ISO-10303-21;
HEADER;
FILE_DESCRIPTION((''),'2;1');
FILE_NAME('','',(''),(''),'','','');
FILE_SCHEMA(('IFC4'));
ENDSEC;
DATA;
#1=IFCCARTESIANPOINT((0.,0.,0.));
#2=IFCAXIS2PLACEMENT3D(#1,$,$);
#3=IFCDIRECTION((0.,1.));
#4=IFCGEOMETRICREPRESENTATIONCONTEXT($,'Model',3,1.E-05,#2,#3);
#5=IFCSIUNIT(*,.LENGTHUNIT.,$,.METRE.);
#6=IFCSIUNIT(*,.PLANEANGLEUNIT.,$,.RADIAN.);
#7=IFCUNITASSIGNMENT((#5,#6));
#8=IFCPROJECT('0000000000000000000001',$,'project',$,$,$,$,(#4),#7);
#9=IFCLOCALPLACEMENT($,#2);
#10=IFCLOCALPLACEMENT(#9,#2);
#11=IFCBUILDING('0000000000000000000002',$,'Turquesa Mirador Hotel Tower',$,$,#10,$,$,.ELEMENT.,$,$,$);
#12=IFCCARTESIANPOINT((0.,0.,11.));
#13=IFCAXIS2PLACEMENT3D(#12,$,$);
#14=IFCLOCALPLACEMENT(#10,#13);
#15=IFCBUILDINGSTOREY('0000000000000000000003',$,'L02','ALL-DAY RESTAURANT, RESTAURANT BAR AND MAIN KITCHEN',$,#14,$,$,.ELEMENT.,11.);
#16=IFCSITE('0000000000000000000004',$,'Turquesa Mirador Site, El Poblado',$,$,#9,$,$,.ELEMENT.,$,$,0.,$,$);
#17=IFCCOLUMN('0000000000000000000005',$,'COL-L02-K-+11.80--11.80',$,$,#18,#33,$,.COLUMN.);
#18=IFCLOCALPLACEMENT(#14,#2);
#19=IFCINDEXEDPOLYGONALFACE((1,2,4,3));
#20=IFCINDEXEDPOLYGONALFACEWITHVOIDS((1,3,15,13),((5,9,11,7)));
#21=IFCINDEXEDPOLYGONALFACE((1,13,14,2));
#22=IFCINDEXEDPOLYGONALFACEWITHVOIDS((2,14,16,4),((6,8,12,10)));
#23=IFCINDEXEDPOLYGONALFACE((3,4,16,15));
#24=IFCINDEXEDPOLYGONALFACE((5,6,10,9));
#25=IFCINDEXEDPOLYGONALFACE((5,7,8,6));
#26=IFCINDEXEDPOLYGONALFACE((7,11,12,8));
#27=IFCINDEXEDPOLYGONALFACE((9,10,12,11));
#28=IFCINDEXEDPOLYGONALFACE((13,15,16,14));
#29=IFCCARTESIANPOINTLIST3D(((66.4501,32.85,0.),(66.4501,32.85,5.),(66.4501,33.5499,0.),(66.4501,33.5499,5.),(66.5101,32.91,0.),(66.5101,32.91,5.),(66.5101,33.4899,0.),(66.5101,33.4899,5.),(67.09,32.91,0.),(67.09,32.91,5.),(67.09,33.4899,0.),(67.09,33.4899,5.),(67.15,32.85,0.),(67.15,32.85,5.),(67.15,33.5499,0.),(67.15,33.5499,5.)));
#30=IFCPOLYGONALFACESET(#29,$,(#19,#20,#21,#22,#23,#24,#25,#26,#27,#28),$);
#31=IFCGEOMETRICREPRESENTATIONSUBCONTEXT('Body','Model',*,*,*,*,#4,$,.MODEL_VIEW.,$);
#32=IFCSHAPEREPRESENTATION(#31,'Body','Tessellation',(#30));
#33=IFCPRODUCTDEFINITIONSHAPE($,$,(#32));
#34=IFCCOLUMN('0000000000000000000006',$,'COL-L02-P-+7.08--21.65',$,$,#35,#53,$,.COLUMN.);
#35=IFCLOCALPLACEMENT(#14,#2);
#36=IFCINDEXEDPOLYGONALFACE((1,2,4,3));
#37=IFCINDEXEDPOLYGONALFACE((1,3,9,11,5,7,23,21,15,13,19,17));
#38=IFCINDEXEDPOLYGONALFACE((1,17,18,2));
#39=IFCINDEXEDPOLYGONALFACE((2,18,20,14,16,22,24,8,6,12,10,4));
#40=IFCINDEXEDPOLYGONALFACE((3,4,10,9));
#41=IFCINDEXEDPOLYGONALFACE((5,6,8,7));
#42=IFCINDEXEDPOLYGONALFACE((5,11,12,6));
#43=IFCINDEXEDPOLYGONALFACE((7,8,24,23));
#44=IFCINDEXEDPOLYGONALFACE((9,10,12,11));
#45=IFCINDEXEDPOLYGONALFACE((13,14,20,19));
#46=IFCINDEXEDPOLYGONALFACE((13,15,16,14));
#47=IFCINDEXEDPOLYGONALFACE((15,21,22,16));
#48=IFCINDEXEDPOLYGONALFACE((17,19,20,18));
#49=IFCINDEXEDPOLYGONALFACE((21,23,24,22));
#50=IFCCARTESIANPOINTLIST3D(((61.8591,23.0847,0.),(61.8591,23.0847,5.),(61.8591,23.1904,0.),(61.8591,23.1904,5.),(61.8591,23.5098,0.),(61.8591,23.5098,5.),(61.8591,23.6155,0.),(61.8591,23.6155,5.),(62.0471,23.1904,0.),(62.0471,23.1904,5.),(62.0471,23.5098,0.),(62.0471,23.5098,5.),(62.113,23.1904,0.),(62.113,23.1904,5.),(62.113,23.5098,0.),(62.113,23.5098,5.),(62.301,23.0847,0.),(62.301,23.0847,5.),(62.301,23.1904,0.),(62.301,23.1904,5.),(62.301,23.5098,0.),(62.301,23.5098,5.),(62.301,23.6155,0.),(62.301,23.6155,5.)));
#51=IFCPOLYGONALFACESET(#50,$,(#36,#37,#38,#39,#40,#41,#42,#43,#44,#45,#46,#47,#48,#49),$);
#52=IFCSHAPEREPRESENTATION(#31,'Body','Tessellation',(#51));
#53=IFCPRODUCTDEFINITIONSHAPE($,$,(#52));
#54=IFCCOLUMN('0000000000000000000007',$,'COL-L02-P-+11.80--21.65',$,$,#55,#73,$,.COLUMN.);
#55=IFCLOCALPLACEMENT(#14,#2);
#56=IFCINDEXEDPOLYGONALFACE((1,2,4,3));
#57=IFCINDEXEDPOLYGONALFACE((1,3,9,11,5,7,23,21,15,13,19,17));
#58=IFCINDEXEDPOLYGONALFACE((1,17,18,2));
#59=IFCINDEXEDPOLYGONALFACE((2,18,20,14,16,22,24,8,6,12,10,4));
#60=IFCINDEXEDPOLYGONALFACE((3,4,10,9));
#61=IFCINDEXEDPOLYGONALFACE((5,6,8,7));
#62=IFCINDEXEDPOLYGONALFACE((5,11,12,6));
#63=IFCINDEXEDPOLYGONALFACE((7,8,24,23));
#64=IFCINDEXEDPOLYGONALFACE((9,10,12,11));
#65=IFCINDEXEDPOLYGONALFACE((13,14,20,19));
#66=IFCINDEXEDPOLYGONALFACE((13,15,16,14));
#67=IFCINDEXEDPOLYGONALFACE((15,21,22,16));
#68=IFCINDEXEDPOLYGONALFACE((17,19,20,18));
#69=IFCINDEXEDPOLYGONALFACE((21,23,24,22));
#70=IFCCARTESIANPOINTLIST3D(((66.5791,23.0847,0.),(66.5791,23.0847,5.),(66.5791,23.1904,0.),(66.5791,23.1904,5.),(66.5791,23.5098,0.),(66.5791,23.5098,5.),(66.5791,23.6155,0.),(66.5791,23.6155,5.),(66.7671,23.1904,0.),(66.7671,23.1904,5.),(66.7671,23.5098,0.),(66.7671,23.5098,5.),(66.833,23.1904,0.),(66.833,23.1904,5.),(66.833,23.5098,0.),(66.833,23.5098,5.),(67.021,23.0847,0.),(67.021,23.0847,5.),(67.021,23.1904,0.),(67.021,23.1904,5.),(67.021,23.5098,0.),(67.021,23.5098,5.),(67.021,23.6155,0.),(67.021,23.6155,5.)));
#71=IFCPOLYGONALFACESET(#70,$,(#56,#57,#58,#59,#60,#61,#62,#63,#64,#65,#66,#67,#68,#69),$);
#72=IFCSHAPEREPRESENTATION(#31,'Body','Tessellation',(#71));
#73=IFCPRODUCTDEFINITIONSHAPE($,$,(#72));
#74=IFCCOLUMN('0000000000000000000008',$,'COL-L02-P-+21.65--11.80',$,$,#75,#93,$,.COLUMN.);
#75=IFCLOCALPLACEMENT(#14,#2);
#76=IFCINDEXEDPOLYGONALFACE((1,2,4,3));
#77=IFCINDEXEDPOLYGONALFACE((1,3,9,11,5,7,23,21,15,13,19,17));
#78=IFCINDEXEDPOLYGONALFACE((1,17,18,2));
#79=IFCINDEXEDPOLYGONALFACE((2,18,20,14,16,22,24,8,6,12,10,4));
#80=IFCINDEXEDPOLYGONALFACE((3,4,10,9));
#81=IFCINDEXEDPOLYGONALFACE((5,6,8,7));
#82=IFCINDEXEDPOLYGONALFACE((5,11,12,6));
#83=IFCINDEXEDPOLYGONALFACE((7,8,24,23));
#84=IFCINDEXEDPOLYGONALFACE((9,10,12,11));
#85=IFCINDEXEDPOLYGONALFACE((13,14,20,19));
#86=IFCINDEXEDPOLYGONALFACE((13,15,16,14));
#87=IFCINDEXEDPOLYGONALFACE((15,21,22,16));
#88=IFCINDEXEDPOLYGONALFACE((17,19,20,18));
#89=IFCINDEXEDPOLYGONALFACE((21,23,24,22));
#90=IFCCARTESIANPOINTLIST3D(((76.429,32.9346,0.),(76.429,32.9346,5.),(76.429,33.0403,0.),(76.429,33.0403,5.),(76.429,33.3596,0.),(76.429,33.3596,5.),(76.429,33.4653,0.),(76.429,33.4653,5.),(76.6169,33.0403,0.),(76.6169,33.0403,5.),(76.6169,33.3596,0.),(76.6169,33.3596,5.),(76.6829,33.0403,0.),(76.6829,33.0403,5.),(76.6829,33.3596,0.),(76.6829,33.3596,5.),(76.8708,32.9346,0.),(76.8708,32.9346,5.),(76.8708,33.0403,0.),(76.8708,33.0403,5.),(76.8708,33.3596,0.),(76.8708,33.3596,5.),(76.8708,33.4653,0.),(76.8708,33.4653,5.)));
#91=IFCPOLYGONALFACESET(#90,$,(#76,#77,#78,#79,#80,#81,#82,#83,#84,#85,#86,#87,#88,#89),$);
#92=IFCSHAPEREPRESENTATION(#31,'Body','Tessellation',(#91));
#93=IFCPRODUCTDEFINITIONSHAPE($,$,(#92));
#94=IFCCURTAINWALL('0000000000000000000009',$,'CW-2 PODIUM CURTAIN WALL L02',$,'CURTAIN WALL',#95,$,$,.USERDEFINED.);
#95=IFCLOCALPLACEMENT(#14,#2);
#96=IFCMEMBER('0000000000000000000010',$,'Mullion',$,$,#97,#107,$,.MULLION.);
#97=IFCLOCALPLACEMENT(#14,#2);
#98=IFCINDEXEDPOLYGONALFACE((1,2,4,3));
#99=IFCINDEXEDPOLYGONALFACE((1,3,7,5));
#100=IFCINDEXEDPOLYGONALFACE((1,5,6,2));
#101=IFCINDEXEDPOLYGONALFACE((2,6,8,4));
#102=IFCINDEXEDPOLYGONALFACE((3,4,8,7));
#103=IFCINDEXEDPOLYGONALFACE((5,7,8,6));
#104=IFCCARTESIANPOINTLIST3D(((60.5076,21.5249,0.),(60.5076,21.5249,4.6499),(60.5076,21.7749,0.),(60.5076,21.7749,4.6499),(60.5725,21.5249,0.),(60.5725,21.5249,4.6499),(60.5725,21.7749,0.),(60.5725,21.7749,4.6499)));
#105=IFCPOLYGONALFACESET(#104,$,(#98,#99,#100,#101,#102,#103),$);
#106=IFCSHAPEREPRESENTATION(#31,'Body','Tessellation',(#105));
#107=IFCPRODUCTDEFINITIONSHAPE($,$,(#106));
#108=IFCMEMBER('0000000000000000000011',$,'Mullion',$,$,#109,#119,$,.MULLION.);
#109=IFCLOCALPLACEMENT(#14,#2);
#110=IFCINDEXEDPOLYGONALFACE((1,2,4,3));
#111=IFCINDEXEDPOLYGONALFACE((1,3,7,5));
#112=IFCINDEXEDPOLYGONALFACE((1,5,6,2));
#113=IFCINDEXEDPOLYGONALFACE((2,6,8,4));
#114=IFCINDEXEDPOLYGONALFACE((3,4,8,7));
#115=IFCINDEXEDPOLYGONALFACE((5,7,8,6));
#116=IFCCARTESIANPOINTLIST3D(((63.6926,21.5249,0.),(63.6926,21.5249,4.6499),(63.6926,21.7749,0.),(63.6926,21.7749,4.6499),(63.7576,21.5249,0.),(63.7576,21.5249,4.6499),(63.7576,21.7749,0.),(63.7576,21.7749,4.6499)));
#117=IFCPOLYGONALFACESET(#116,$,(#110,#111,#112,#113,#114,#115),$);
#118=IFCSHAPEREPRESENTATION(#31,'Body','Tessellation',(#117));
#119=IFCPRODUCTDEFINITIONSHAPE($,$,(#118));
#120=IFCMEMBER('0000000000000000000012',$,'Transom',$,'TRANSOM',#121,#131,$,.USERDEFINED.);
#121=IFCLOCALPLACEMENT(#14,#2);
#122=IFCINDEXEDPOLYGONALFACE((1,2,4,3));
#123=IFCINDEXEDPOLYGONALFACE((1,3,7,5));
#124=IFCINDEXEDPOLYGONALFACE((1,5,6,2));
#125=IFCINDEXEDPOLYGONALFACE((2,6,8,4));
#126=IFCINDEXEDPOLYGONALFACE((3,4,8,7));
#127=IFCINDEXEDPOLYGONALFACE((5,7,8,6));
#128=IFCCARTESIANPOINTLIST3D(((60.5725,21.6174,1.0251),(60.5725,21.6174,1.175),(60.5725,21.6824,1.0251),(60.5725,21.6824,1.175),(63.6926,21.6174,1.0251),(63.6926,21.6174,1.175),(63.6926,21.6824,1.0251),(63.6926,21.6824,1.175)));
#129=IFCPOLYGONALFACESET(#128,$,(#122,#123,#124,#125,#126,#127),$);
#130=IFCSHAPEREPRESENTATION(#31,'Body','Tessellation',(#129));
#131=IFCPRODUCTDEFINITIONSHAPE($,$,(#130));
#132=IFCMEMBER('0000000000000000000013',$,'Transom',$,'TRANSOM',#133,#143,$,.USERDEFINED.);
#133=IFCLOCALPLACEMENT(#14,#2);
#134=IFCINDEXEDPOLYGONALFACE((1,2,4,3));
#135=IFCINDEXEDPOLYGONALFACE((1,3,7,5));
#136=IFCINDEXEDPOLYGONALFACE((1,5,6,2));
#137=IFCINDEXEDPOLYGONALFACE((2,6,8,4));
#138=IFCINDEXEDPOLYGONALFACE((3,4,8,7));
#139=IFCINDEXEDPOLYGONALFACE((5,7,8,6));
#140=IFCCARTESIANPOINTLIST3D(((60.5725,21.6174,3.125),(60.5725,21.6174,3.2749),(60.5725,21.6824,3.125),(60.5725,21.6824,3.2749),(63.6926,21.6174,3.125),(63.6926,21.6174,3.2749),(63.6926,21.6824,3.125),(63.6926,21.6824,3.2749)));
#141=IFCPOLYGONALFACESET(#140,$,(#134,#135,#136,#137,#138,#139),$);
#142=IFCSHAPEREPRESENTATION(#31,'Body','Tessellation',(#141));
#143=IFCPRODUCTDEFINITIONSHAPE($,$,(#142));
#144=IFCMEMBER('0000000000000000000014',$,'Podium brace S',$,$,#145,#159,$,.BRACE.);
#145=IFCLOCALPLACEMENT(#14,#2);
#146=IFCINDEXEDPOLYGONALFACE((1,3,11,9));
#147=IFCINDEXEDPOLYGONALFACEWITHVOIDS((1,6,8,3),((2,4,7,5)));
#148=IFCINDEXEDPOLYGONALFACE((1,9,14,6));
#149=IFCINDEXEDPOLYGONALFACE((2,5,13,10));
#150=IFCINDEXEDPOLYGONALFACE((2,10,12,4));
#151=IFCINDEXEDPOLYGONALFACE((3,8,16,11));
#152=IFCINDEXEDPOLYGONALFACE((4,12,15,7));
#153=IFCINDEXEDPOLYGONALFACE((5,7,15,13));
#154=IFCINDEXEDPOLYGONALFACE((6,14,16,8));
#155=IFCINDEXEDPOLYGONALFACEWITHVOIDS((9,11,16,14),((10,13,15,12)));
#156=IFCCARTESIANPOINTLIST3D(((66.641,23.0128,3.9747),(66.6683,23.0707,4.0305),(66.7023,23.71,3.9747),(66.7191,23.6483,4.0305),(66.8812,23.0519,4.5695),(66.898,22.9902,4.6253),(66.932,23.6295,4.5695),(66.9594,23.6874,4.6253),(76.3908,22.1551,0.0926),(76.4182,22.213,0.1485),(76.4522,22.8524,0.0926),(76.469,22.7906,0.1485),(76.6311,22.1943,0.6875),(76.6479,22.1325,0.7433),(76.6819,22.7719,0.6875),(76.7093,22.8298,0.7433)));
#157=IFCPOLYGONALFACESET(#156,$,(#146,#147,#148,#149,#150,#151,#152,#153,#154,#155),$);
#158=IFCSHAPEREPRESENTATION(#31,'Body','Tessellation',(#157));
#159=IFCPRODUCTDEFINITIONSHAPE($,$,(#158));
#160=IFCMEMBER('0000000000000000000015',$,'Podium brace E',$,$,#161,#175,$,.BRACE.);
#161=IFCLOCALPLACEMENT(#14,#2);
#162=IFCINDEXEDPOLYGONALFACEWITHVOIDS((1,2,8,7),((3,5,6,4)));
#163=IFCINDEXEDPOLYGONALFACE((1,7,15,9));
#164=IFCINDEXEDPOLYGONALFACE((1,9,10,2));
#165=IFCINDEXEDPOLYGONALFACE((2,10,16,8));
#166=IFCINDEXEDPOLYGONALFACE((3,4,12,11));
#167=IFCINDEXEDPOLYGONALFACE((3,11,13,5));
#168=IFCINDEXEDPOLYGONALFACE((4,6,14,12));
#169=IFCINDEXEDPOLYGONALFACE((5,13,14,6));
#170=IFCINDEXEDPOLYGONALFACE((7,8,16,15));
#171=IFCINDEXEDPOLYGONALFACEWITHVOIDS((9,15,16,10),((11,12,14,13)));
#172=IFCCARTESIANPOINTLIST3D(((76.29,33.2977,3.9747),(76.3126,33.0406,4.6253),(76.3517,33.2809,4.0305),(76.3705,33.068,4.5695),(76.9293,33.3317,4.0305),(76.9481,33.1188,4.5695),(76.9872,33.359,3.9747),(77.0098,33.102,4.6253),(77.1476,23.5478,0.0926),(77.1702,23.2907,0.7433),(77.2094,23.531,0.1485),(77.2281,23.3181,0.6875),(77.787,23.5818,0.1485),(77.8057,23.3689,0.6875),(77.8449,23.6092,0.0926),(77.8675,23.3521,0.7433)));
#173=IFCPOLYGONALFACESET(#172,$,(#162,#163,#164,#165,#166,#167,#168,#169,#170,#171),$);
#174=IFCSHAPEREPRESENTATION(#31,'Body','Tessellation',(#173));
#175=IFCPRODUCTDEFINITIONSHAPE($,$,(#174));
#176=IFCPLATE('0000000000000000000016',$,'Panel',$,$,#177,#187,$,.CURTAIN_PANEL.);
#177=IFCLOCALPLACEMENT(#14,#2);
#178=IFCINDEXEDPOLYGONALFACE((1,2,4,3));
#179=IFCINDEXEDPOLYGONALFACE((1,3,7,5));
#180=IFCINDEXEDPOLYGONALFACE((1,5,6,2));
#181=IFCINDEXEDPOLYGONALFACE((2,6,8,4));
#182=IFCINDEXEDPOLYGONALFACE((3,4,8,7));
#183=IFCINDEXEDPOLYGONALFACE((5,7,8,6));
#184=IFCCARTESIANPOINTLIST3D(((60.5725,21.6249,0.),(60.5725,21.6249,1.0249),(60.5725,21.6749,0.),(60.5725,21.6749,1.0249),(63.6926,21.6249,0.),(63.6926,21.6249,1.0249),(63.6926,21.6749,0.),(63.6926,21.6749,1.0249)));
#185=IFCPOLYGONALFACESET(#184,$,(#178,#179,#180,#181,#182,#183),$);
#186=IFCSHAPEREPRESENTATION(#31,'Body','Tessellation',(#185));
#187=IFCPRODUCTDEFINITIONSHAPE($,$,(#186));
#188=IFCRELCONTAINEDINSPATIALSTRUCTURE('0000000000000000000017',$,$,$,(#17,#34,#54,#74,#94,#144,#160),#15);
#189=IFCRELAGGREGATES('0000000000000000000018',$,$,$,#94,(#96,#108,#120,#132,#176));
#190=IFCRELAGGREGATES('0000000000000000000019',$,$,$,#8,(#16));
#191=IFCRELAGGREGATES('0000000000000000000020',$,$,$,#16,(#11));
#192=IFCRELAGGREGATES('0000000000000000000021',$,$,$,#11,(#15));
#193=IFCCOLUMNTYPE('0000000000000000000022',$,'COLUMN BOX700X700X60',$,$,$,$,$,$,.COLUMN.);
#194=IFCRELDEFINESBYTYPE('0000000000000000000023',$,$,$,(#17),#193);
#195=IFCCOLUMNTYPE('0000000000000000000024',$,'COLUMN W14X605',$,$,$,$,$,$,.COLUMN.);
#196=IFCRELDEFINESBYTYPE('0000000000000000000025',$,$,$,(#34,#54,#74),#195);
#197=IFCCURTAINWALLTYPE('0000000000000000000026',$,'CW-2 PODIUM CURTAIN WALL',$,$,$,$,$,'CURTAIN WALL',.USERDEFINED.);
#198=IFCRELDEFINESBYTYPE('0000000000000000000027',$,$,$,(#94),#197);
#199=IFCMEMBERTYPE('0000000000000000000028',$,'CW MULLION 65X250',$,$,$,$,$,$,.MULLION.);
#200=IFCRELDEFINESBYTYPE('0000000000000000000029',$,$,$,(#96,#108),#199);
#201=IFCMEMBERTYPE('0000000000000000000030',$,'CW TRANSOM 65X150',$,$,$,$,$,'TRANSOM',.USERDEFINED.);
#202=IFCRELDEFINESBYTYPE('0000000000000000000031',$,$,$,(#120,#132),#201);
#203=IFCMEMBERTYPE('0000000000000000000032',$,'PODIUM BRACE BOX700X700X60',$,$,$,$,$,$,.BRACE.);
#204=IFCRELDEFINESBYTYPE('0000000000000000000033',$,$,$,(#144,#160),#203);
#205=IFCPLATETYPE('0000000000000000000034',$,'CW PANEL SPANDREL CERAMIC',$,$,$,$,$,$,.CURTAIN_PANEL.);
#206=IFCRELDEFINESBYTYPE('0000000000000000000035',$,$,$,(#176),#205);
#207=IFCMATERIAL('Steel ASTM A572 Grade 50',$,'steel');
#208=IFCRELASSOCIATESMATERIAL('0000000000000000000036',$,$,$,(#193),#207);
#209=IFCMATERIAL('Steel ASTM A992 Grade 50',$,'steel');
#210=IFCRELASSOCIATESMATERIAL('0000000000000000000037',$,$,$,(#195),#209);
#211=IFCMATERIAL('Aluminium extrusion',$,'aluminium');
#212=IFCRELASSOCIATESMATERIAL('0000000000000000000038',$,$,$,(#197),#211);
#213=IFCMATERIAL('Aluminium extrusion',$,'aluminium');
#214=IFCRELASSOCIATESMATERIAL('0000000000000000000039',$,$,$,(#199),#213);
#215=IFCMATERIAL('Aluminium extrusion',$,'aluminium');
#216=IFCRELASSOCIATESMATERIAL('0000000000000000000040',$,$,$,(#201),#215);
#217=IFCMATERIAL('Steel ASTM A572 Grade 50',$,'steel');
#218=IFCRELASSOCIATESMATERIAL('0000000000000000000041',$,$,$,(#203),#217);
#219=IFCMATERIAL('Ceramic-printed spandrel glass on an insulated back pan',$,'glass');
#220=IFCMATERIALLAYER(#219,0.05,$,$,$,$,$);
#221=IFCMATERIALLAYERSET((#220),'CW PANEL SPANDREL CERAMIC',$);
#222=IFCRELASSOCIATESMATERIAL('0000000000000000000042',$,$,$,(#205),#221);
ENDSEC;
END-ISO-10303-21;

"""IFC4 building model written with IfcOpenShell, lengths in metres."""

from ifc_helpers import new_model, si_unit, direction, frame, origin, origin_2d, place, context, subcontext, project, spatial, rectangle, hollow_rectangle, i_section, extrude, material, layer, layer_set, material_profile, profile_set, type_object, element, aggregate, save


model = new_model("IFC4")

# Units and contexts
model_context = context("Model", 3, precision=1e-05, world=origin(), true_north=direction((0.0, 1.0)))
body_context = subcontext(model_context, "Body", "Model", "MODEL_VIEW")
ifc_project = project(units=[si_unit("LENGTHUNIT", "METRE"), si_unit("PLANEANGLEUNIT", "RADIAN")], contexts=[model_context])

# Site, building, storey
site_placement = place(None, origin())
site = spatial("IfcSite", under=ifc_project, at=site_placement, Name="Turquesa Mirador Site, El Poblado", CompositionType="ELEMENT", RefElevation=0.0)
building_placement = place(site_placement, origin())
building = spatial("IfcBuilding", under=site, at=building_placement, Name="Turquesa Mirador Hotel Tower", CompositionType="ELEMENT")
storey_placement = place(building_placement, frame((0.0, 0.0, 11.0)))
storey = spatial("IfcBuildingStorey", under=building, at=storey_placement, Name="L02", Description="ALL-DAY RESTAURANT, RESTAURANT BAR AND MAIN KITCHEN", CompositionType="ELEMENT", Elevation=11.0)

# Columns
ifc_material_1 = material(Name="Steel ASTM A572 Grade 50", Category="steel")
ifc_material_profile_1 = material_profile(ifc_material_1, hollow_rectangle(XDim=0.7, YDim=0.7, WallThickness=0.0601, at=origin_2d()), Name="BOX700X700X60")
ifc_profile_set_1 = profile_set([ifc_material_profile_1], Name="Steel ASTM A572 Grade 50")
column_type_1 = type_object("IfcColumnType", Name="COLUMN BOX700X700X60", PredefinedType="COLUMN", material=ifc_profile_set_1)
column_placement = place(storey_placement, frame((66.8, 33.2, 0.0), z_axis=(0.0, 0.0, 1.0), x_axis=(1.0, 0.0, 0.0)))
element("IfcColumn", 1, at=column_placement, inside=storey, type_object=column_type_1, Name="COL-L02-K-+11.80--11.80", PredefinedType="COLUMN", context=body_context, shape_type="SweptSolid", body=[
    extrude(hollow_rectangle(XDim=0.7, YDim=0.7, WallThickness=0.0601, at=origin_2d()), origin(), (0.0, 0.0, 1.0), 5.0),
])
ifc_material_2 = material(Name="Steel ASTM A992 Grade 50", Category="steel")
ifc_material_profile_2 = material_profile(ifc_material_2, i_section(OverallWidth=0.4419, OverallDepth=0.5308, WebThickness=0.0659, FlangeThickness=0.1057, at=origin_2d()), Name="W14X605")
ifc_profile_set_2 = profile_set([ifc_material_profile_2], Name="Steel ASTM A992 Grade 50")
column_type_2 = type_object("IfcColumnType", Name="COLUMN W14X605", PredefinedType="COLUMN", material=ifc_profile_set_2)
for number, where, z_axis, x_axis, name in (
    (2, (62.0801, 23.3501, 0.0), (0.0, 0.0, 1.0), (1.0, 0.0, 0.0), "COL-L02-P-+7.08--21.65"),
    (3, (66.8, 23.3501, 0.0), (0.0, 0.0, 1.0), (1.0, 0.0, 0.0), "COL-L02-P-+11.80--21.65"),
    (4, (76.6499, 33.2, 0.0), (0.0, 0.0, 1.0), (1.0, 0.0, 0.0), "COL-L02-P-+21.65--11.80"),
):
    element("IfcColumn", number, at=place(storey_placement, frame(where, z_axis=z_axis, x_axis=x_axis)), inside=storey, type_object=column_type_2, Name=name, PredefinedType="COLUMN", context=body_context, shape_type="SweptSolid", body=[
        extrude(i_section(OverallWidth=0.4419, OverallDepth=0.5308, WebThickness=0.0659, FlangeThickness=0.1057, at=origin_2d()), origin(), (0.0, 0.0, 1.0), 5.0),
    ])

# Curtain wall, members
ifc_material_3 = material(Name="Aluminium extrusion", Category="aluminium")
curtain_wall_type = type_object("IfcCurtainWallType", Name="CW-2 PODIUM CURTAIN WALL", ElementType="CURTAIN WALL", PredefinedType="USERDEFINED", material=ifc_material_3)
curtain_wall_placement = place(storey_placement, origin())
curtain_wall = element("IfcCurtainWall", 5, at=curtain_wall_placement, inside=storey, type_object=curtain_wall_type, Name="CW-2 PODIUM CURTAIN WALL L02", ObjectType="CURTAIN WALL", PredefinedType="USERDEFINED")
ifc_material_4 = material(Name="Aluminium extrusion", Category="aluminium")
ifc_material_profile_3 = material_profile(ifc_material_4, rectangle(XDim=0.0649, YDim=0.25, at=origin_2d()), Name="MULLION 65X250")
ifc_profile_set_3 = profile_set([ifc_material_profile_3], Name="Aluminium extrusion")
member_type_1 = type_object("IfcMemberType", Name="CW MULLION 65X250", PredefinedType="MULLION", material=ifc_profile_set_3)
member_1_placement = place(storey_placement, frame((60.54, 21.6499, 0.0), z_axis=(0.0, 0.0, 1.0), x_axis=(1.0, 0.0, 0.0)))
member_1 = element("IfcMember", 6, at=member_1_placement, type_object=member_type_1, Name="Mullion", PredefinedType="MULLION", context=body_context, shape_type="SweptSolid", body=[
    extrude(rectangle(XDim=0.0649, YDim=0.25, at=origin_2d()), origin(), (0.0, 0.0, 1.0), 4.6499),
])
member_2_placement = place(storey_placement, frame((63.7251, 21.6499, 0.0), z_axis=(0.0, 0.0, 1.0), x_axis=(1.0, 0.0, 0.0)))
member_2 = element("IfcMember", 7, at=member_2_placement, type_object=member_type_1, Name="Mullion", PredefinedType="MULLION", context=body_context, shape_type="SweptSolid", body=[
    extrude(rectangle(XDim=0.0649, YDim=0.25, at=origin_2d()), origin(), (0.0, 0.0, 1.0), 4.6499),
])
ifc_material_5 = material(Name="Aluminium extrusion", Category="aluminium")
ifc_material_profile_4 = material_profile(ifc_material_5, rectangle(XDim=0.0649, YDim=0.1499, at=origin_2d()), Name="TRANSOM 65X150")
ifc_profile_set_4 = profile_set([ifc_material_profile_4], Name="Aluminium extrusion")
member_type_2 = type_object("IfcMemberType", Name="CW TRANSOM 65X150", ElementType="TRANSOM", PredefinedType="USERDEFINED", material=ifc_profile_set_4)
member_3_placement = place(storey_placement, frame((60.5725, 21.6499, 1.1001), z_axis=(1.0, 0.0, 0.0), x_axis=(0.0, 1.0, 0.0)))
member_3 = element("IfcMember", 8, at=member_3_placement, type_object=member_type_2, Name="Transom", ObjectType="TRANSOM", PredefinedType="USERDEFINED", context=body_context, shape_type="SweptSolid", body=[
    extrude(rectangle(XDim=0.0649, YDim=0.1499, at=origin_2d()), origin(), (0.0, 0.0, 1.0), 3.1201),
])
member_4_placement = place(storey_placement, frame((60.5725, 21.6499, 3.2), z_axis=(1.0, 0.0, 0.0), x_axis=(0.0, 1.0, 0.0)))
member_4 = element("IfcMember", 9, at=member_4_placement, type_object=member_type_2, Name="Transom", ObjectType="TRANSOM", PredefinedType="USERDEFINED", context=body_context, shape_type="SweptSolid", body=[
    extrude(rectangle(XDim=0.0649, YDim=0.1499, at=origin_2d()), origin(), (0.0, 0.0, 1.0), 3.1201),
])

# Members
ifc_material_6 = material(Name="Steel ASTM A572 Grade 50", Category="steel")
ifc_material_profile_5 = material_profile(ifc_material_6, hollow_rectangle(XDim=0.7, YDim=0.7, WallThickness=0.0601, at=origin_2d()), Name="BOX700X700X60")
ifc_profile_set_5 = profile_set([ifc_material_profile_5], Name="Steel ASTM A572 Grade 50")
member_type_3 = type_object("IfcMemberType", Name="PODIUM BRACE BOX700X700X60", PredefinedType="BRACE", material=ifc_profile_set_5)
for number, where, z_axis, x_axis, name in (
    (10, (76.55, 22.4924, 0.418), (-0.925977, 0.081454, 0.368689), (-0.087627, -0.996153, 0.0), "Podium brace S"),
    (11, (77.5076, 23.45, 0.418), (-0.081454, 0.925977, 0.368689), (-0.996153, -0.087627, 0.0), "Podium brace E"),
):
    element("IfcMember", number, at=place(storey_placement, frame(where, z_axis=z_axis, x_axis=x_axis)), inside=storey, type_object=member_type_3, Name=name, PredefinedType="BRACE", context=body_context, shape_type="SweptSolid", body=[
        extrude(hollow_rectangle(XDim=0.7, YDim=0.7, WallThickness=0.0601, at=origin_2d()), origin(), (0.0, 0.0, 1.0), 10.5293),
    ])

# Plate
ifc_material_7 = material(Name="Ceramic-printed spandrel glass on an insulated back pan", Category="glass")
ifc_layer_1 = layer(ifc_material_7, 0.05)
ifc_layer_set_1 = layer_set([ifc_layer_1], Name="CW PANEL SPANDREL CERAMIC")
plate_type_1 = type_object("IfcPlateType", Name="CW PANEL SPANDREL CERAMIC", PredefinedType="CURTAIN_PANEL", material=ifc_layer_set_1)
plate_1_placement = place(storey_placement, frame((62.1326, 21.6499, 0.0), z_axis=(0.0, 0.0, 1.0), x_axis=(1.0, 0.0, 0.0)))
plate_1 = element("IfcPlate", 12, at=plate_1_placement, type_object=plate_type_1, Name="Panel", PredefinedType="CURTAIN_PANEL", context=body_context, shape_type="SweptSolid", body=[
    extrude(rectangle(XDim=3.1201, YDim=0.05, at=origin_2d()), origin(), (0.0, 0.0, 1.0), 1.0249),
])
aggregate(curtain_wall, [member_1, member_2, member_3, member_4, plate_1])

save(model, "model.ifc")
